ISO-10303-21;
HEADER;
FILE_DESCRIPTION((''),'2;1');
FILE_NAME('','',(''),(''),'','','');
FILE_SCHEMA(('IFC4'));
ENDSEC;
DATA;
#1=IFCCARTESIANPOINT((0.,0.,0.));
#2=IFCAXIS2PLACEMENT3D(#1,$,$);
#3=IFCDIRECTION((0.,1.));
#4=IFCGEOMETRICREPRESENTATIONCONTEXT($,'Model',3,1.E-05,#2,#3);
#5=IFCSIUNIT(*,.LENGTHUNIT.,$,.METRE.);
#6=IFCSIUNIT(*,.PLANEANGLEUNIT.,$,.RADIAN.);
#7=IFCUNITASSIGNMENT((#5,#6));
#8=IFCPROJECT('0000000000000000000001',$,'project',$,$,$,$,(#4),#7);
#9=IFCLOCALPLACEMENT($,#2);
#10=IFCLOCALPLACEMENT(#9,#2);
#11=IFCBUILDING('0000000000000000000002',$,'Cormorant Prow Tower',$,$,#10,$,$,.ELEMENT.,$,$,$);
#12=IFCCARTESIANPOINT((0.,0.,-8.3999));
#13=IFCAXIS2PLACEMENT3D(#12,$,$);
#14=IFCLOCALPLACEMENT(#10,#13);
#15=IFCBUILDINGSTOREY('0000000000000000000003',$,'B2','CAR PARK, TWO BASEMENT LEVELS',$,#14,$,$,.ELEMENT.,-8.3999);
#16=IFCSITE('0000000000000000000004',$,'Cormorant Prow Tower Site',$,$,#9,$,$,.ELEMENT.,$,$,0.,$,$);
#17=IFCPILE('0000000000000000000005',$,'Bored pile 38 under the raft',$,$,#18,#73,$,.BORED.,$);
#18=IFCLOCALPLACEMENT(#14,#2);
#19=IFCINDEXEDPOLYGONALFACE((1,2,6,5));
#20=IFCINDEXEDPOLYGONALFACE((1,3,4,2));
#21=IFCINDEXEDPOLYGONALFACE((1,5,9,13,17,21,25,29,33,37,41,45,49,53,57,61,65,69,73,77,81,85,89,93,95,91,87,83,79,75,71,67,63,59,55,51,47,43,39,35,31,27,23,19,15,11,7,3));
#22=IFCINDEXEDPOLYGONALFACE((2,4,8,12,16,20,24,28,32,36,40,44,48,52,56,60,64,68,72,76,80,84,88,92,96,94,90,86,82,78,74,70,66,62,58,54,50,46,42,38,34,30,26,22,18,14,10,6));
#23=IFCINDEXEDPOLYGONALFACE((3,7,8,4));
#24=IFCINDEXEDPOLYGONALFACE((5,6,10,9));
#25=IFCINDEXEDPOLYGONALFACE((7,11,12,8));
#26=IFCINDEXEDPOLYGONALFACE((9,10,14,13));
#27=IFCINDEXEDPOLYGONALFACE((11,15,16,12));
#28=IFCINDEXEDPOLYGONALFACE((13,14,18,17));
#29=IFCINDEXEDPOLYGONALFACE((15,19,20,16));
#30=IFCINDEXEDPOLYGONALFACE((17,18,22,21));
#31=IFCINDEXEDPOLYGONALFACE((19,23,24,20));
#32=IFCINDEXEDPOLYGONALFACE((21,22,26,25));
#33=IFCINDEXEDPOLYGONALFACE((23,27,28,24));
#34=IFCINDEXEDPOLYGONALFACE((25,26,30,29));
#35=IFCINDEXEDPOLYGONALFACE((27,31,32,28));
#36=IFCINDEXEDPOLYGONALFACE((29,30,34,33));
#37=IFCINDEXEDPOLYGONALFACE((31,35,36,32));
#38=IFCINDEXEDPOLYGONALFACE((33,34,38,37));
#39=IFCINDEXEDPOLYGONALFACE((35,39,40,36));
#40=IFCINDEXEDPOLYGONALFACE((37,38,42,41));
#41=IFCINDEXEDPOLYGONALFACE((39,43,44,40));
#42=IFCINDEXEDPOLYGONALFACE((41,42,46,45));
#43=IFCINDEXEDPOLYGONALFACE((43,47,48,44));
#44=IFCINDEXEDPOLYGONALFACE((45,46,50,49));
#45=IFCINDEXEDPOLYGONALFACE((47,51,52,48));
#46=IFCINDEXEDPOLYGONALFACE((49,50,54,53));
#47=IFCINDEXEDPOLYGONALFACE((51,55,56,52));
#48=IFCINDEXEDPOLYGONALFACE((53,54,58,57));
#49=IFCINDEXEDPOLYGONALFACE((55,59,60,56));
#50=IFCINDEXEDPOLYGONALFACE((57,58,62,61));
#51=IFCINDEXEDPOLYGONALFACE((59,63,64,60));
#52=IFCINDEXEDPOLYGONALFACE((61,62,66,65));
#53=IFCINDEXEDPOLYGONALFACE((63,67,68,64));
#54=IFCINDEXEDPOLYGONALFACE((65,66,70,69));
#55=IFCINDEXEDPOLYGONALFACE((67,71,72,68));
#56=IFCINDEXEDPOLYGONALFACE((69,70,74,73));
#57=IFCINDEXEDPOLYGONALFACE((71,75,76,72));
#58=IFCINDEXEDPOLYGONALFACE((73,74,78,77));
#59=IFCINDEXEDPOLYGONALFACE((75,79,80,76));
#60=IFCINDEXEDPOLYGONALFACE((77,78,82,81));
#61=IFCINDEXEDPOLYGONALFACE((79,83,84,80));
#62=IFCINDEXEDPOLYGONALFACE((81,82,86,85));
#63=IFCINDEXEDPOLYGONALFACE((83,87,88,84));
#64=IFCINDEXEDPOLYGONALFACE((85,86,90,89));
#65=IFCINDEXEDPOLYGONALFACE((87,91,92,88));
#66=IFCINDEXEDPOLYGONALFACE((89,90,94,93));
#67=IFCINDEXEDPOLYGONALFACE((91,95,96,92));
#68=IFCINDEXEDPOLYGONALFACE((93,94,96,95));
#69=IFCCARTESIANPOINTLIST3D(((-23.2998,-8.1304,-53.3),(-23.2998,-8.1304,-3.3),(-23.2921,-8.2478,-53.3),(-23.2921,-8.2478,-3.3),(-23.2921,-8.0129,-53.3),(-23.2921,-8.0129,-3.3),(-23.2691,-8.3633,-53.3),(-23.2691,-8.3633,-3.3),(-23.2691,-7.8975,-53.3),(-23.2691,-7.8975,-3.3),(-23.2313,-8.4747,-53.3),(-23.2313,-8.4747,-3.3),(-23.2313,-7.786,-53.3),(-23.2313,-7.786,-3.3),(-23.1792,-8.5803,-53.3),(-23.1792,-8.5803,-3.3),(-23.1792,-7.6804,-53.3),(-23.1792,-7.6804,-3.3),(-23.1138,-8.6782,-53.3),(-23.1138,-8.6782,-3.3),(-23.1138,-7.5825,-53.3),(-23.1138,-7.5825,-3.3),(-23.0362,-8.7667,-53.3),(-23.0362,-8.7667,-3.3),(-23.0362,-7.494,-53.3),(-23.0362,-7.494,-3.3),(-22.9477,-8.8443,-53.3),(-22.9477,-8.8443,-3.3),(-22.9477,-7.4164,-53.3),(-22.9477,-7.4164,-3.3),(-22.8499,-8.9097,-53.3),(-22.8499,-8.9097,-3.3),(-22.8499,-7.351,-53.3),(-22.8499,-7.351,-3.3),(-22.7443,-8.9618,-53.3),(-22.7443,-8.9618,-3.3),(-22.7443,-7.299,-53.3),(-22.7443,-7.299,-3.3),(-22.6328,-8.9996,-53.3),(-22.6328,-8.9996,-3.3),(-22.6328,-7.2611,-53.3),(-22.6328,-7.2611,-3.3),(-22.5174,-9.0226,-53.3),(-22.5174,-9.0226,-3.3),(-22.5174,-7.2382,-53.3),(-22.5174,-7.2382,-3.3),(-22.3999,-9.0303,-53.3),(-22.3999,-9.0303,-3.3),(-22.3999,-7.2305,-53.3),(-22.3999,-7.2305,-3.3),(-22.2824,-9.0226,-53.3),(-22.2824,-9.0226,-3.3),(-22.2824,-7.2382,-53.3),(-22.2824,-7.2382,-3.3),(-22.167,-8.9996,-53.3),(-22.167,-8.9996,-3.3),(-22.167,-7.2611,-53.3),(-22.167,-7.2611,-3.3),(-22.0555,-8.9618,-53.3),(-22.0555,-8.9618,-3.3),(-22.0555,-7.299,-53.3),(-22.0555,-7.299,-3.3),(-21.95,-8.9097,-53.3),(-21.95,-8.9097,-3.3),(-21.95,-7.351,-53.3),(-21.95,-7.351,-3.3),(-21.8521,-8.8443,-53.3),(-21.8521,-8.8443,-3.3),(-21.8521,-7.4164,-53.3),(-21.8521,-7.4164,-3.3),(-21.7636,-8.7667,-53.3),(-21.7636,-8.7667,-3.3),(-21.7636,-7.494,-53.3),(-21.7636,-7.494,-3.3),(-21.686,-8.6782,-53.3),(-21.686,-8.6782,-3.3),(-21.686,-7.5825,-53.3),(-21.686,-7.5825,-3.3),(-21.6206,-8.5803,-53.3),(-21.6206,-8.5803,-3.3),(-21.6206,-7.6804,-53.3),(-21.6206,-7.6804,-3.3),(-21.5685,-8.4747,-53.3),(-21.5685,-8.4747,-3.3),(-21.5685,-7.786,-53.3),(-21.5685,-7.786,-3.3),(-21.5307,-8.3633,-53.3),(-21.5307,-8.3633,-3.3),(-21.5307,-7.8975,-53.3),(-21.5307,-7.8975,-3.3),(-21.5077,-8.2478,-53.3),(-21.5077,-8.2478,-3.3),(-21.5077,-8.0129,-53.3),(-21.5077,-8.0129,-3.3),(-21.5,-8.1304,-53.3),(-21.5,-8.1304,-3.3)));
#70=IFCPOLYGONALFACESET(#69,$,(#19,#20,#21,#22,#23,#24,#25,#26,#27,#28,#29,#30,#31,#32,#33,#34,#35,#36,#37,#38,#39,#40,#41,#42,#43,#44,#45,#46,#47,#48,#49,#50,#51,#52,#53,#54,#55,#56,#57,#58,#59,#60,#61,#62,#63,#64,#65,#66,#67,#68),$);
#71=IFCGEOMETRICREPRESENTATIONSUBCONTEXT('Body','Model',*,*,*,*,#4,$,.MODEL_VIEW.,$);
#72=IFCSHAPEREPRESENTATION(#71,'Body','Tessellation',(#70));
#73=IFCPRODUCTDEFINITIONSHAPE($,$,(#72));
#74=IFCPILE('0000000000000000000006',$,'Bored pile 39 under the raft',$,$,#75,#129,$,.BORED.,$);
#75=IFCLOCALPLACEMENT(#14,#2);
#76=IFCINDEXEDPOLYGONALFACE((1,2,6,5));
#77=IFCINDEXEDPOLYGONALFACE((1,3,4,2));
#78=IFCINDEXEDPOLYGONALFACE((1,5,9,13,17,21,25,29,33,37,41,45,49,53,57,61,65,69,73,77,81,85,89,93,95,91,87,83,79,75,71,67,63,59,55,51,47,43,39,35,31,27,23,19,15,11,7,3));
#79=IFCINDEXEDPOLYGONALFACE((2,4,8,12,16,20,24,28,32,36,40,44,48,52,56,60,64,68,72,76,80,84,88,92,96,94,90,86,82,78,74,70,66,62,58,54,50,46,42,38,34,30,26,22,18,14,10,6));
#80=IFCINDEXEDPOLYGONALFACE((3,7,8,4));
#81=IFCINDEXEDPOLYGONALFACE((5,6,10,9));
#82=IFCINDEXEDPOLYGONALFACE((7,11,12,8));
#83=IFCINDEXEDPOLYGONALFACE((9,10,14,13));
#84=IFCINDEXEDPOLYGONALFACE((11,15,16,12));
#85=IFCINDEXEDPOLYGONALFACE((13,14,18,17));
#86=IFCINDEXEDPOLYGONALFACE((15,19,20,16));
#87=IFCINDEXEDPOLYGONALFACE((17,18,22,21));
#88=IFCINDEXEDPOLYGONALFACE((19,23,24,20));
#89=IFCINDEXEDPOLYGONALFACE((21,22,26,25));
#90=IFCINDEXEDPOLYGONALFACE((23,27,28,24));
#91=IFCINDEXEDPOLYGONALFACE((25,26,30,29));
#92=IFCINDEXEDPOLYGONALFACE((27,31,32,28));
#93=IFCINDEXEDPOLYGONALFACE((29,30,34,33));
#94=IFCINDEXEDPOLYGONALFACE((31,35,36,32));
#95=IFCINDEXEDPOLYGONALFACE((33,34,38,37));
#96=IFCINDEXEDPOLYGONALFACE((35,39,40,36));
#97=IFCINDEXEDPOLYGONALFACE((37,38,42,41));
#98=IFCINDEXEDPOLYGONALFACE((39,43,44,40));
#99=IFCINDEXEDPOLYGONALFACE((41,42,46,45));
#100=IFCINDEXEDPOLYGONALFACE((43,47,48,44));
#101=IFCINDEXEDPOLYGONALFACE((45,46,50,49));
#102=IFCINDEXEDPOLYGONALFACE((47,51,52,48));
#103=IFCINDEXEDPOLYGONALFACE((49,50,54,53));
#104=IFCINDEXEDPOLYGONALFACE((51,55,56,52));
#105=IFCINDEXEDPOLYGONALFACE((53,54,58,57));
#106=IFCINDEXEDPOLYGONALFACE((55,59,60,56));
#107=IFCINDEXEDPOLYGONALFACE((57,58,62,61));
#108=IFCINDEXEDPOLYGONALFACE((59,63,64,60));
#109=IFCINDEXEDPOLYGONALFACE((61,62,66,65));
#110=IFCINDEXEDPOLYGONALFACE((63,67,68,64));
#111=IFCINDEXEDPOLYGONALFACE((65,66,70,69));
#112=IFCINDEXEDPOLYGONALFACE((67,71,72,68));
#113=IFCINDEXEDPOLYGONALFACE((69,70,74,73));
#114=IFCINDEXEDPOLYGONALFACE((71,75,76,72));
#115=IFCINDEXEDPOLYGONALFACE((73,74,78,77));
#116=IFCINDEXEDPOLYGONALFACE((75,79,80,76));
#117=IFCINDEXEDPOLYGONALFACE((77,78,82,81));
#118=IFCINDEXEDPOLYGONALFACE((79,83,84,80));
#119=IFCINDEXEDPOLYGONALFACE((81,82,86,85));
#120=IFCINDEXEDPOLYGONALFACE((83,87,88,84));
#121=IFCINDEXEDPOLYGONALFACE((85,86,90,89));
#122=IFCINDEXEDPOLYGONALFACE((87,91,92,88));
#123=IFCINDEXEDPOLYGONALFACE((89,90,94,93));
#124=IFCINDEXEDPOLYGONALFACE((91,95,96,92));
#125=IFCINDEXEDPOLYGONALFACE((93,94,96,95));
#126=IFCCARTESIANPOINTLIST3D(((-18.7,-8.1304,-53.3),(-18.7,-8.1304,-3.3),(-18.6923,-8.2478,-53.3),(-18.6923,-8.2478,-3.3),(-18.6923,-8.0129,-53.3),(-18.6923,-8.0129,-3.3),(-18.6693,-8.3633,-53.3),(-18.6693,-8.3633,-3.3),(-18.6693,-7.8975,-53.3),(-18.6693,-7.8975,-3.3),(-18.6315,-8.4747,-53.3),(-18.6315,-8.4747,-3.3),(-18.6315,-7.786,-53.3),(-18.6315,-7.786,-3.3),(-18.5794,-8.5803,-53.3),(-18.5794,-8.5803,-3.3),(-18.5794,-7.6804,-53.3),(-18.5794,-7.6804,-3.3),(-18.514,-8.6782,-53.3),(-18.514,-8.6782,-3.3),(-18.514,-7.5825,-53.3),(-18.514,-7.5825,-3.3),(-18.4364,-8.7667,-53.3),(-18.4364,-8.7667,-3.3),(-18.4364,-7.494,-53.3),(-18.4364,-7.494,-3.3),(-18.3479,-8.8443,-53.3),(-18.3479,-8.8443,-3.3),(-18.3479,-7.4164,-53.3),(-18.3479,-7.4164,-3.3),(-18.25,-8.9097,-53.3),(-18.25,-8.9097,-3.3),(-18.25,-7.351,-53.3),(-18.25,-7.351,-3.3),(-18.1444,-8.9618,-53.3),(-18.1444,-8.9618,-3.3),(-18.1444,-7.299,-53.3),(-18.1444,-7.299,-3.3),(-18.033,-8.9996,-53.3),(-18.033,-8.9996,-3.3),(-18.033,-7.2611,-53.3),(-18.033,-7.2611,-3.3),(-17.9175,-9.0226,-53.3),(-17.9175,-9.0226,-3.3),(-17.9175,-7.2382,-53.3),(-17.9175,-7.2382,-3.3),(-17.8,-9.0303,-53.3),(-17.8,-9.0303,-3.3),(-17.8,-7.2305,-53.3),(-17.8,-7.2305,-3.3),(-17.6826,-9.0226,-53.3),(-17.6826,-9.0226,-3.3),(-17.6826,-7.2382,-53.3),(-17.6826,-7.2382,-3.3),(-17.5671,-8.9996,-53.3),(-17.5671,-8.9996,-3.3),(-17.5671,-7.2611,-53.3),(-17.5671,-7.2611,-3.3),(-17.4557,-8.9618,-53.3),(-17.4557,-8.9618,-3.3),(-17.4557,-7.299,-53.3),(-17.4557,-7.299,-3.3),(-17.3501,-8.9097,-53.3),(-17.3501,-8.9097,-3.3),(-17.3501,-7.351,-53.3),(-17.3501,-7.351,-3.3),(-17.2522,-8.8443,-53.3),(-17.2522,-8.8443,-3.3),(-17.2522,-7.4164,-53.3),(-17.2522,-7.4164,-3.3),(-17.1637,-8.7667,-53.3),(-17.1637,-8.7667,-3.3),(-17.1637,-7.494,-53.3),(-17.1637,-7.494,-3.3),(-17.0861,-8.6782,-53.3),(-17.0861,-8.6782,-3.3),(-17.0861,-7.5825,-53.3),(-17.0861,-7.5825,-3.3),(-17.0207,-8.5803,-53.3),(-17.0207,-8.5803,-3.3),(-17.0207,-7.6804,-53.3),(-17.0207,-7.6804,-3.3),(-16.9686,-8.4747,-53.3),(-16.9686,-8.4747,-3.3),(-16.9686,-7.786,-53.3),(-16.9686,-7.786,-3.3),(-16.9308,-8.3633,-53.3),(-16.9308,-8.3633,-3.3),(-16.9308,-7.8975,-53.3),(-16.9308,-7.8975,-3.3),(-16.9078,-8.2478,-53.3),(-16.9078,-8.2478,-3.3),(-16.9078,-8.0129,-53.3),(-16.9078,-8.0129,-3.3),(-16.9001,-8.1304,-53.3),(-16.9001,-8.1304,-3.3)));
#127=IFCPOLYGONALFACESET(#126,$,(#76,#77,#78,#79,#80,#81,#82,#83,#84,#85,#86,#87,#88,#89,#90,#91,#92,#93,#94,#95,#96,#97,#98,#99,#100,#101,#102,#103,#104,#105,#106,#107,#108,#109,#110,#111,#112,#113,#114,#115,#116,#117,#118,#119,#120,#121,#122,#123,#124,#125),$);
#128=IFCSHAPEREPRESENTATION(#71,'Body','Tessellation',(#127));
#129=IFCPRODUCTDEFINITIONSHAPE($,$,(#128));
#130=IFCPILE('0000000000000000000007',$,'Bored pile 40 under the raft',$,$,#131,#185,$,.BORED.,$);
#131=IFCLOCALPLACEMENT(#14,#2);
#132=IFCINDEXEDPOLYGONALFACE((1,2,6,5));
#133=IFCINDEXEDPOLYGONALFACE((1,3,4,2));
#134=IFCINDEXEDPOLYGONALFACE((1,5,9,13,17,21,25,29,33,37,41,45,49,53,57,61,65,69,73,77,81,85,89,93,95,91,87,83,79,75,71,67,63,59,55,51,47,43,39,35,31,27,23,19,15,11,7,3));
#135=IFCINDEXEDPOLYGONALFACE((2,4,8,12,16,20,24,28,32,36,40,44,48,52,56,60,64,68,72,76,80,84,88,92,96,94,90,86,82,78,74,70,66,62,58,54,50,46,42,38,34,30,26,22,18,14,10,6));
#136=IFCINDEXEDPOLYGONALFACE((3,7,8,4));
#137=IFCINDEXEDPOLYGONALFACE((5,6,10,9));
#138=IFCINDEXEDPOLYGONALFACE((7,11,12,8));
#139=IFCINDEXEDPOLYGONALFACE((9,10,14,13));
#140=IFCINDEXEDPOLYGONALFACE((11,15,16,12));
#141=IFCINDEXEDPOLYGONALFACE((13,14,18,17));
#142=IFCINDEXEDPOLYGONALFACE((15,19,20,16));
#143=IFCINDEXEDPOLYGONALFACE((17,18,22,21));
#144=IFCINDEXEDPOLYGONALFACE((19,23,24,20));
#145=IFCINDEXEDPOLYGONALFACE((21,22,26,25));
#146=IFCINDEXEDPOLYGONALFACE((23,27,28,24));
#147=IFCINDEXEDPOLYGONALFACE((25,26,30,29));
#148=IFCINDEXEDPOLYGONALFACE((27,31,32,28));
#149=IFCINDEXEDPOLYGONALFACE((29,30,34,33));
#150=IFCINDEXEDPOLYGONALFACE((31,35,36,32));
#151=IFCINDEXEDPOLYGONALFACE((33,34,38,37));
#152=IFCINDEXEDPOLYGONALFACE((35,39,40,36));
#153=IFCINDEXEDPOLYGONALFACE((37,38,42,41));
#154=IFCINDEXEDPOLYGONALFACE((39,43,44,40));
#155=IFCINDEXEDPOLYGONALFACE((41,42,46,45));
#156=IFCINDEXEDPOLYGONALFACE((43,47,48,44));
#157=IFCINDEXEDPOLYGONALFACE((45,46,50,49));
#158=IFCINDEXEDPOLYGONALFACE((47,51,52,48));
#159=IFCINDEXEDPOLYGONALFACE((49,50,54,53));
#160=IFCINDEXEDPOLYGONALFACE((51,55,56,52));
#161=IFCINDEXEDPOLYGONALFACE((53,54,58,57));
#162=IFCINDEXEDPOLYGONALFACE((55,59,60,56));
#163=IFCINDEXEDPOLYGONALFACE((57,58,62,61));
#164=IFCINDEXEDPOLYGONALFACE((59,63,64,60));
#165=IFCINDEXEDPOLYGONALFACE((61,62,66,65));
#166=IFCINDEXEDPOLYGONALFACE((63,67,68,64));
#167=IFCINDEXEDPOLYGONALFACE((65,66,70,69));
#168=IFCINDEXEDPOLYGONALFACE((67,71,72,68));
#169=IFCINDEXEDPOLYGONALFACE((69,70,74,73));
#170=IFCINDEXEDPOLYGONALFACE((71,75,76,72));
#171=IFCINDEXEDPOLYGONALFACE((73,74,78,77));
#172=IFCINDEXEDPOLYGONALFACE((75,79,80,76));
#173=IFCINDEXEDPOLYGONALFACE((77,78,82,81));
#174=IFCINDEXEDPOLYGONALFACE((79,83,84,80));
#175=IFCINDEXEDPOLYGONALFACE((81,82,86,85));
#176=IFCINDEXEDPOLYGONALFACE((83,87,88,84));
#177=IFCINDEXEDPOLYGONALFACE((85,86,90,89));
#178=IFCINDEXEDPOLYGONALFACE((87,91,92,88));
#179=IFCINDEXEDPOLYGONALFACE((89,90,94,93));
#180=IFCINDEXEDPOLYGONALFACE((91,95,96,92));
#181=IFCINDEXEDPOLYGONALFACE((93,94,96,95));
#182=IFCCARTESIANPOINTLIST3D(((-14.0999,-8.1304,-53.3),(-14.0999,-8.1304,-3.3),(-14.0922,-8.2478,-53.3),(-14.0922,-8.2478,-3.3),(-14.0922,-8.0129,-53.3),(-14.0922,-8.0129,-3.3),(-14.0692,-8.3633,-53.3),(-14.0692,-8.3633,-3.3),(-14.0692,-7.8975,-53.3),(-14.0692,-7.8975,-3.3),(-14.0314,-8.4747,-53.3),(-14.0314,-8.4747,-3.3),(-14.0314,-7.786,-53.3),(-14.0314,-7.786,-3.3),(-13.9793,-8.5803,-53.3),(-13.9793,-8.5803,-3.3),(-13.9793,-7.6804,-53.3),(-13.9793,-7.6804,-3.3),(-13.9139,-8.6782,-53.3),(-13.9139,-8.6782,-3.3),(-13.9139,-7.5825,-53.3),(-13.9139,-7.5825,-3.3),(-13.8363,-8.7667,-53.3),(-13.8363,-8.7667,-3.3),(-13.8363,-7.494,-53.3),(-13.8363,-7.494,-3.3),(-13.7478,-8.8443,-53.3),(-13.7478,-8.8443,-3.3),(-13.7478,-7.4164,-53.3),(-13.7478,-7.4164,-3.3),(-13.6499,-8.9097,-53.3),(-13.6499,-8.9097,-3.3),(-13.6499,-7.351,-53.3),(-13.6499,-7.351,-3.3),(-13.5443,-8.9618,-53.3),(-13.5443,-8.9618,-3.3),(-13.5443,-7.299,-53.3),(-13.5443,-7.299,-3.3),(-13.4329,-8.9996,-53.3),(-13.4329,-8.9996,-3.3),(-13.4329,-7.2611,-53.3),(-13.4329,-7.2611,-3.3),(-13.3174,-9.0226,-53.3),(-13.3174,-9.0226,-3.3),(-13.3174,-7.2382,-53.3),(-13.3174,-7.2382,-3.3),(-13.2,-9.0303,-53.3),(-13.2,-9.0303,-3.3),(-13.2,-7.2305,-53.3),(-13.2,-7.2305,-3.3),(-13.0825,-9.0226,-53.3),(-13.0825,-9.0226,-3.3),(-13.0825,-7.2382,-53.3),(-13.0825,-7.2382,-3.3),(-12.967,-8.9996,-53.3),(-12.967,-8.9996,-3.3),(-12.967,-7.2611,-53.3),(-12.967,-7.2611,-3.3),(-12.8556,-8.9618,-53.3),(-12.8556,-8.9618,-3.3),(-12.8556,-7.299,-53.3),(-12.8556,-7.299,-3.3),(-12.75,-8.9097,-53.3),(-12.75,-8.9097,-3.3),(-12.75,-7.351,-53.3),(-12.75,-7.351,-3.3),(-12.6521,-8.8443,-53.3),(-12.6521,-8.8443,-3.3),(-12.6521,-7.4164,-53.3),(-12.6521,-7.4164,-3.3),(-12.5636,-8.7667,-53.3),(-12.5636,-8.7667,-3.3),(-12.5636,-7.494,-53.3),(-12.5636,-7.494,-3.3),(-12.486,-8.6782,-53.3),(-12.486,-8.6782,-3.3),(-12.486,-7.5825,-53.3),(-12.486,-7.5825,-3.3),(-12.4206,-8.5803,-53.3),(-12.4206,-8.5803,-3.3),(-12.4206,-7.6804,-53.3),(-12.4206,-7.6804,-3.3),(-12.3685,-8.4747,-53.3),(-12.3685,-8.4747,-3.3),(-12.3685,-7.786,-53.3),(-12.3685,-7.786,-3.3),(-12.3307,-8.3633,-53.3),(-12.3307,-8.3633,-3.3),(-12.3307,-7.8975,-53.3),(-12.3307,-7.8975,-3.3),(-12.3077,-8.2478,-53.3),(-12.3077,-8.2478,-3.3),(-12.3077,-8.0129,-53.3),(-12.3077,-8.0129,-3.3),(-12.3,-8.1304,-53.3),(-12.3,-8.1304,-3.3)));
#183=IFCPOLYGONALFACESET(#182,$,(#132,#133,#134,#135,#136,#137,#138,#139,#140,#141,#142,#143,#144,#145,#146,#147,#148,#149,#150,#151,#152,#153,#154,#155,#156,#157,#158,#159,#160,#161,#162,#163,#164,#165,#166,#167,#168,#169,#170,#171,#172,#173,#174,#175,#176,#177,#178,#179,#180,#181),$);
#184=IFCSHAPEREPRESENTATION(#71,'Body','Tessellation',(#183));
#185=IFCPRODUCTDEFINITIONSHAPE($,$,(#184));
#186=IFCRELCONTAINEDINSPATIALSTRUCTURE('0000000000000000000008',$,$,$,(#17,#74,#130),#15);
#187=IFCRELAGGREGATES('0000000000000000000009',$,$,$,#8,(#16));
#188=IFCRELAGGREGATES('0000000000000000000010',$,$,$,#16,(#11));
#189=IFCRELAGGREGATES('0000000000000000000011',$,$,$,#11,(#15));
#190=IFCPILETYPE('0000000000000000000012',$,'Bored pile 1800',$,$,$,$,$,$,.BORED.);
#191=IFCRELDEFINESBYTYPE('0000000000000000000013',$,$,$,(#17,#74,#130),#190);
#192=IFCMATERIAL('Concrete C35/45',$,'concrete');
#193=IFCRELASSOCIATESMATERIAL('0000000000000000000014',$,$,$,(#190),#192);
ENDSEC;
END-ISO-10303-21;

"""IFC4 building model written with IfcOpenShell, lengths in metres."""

from ifc_helpers import new_model, si_unit, direction, frame, origin, origin_2d, place, context, subcontext, project, spatial, circle, extrude, material, material_profile, profile_set, type_object, element, save


model = new_model("IFC4")

# Units and contexts
model_context = context("Model", 3, precision=1e-05, world=origin(), true_north=direction((0.0, 1.0)))
body_context = subcontext(model_context, "Body", "Model", "MODEL_VIEW")
ifc_project = project(units=[si_unit("LENGTHUNIT", "METRE"), si_unit("PLANEANGLEUNIT", "RADIAN")], contexts=[model_context])

# Site, building, storey
site_placement = place(None, origin())
site = spatial("IfcSite", under=ifc_project, at=site_placement, Name="Cormorant Prow Tower Site", CompositionType="ELEMENT", RefElevation=0.0)
building_placement = place(site_placement, origin())
building = spatial("IfcBuilding", under=site, at=building_placement, Name="Cormorant Prow Tower", CompositionType="ELEMENT")
storey_placement = place(building_placement, frame((0.0, 0.0, -8.3999)))
storey = spatial("IfcBuildingStorey", under=building, at=storey_placement, Name="B2", Description="CAR PARK, TWO BASEMENT LEVELS", CompositionType="ELEMENT", Elevation=-8.3999)

# Piles
ifc_material_1 = material(Name="Concrete C35/45", Category="concrete")
ifc_material_profile_1 = material_profile(ifc_material_1, circle(Radius=0.8999, at=origin_2d()), Name="Round 1800")
ifc_profile_set_1 = profile_set([ifc_material_profile_1], Name="Concrete C35/45")
pile_type_1 = type_object("IfcPileType", Name="Bored pile 1800", PredefinedType="BORED", material=ifc_profile_set_1)
for number, where, z_axis, x_axis, name in (
    (1, (-22.3999, -8.1304, -3.3), (0.0, 0.0, -1.0), (1.0, 0.0, 0.0), "Bored pile 38 under the raft"),
    (2, (-17.8, -8.1304, -3.3), (0.0, 0.0, -1.0), (1.0, 0.0, 0.0), "Bored pile 39 under the raft"),
    (3, (-13.2, -8.1304, -3.3), (0.0, 0.0, -1.0), (1.0, 0.0, 0.0), "Bored pile 40 under the raft"),
):
    element("IfcPile", number, at=place(storey_placement, frame(where, z_axis=z_axis, x_axis=x_axis)), inside=storey, type_object=pile_type_1, Name=name, PredefinedType="BORED", context=body_context, shape_type="SweptSolid", body=[
        extrude(circle(Radius=0.8999, at=origin_2d()), origin(), (0.0, 0.0, 1.0), 50.0),
    ])

save(model, "model.ifc")
